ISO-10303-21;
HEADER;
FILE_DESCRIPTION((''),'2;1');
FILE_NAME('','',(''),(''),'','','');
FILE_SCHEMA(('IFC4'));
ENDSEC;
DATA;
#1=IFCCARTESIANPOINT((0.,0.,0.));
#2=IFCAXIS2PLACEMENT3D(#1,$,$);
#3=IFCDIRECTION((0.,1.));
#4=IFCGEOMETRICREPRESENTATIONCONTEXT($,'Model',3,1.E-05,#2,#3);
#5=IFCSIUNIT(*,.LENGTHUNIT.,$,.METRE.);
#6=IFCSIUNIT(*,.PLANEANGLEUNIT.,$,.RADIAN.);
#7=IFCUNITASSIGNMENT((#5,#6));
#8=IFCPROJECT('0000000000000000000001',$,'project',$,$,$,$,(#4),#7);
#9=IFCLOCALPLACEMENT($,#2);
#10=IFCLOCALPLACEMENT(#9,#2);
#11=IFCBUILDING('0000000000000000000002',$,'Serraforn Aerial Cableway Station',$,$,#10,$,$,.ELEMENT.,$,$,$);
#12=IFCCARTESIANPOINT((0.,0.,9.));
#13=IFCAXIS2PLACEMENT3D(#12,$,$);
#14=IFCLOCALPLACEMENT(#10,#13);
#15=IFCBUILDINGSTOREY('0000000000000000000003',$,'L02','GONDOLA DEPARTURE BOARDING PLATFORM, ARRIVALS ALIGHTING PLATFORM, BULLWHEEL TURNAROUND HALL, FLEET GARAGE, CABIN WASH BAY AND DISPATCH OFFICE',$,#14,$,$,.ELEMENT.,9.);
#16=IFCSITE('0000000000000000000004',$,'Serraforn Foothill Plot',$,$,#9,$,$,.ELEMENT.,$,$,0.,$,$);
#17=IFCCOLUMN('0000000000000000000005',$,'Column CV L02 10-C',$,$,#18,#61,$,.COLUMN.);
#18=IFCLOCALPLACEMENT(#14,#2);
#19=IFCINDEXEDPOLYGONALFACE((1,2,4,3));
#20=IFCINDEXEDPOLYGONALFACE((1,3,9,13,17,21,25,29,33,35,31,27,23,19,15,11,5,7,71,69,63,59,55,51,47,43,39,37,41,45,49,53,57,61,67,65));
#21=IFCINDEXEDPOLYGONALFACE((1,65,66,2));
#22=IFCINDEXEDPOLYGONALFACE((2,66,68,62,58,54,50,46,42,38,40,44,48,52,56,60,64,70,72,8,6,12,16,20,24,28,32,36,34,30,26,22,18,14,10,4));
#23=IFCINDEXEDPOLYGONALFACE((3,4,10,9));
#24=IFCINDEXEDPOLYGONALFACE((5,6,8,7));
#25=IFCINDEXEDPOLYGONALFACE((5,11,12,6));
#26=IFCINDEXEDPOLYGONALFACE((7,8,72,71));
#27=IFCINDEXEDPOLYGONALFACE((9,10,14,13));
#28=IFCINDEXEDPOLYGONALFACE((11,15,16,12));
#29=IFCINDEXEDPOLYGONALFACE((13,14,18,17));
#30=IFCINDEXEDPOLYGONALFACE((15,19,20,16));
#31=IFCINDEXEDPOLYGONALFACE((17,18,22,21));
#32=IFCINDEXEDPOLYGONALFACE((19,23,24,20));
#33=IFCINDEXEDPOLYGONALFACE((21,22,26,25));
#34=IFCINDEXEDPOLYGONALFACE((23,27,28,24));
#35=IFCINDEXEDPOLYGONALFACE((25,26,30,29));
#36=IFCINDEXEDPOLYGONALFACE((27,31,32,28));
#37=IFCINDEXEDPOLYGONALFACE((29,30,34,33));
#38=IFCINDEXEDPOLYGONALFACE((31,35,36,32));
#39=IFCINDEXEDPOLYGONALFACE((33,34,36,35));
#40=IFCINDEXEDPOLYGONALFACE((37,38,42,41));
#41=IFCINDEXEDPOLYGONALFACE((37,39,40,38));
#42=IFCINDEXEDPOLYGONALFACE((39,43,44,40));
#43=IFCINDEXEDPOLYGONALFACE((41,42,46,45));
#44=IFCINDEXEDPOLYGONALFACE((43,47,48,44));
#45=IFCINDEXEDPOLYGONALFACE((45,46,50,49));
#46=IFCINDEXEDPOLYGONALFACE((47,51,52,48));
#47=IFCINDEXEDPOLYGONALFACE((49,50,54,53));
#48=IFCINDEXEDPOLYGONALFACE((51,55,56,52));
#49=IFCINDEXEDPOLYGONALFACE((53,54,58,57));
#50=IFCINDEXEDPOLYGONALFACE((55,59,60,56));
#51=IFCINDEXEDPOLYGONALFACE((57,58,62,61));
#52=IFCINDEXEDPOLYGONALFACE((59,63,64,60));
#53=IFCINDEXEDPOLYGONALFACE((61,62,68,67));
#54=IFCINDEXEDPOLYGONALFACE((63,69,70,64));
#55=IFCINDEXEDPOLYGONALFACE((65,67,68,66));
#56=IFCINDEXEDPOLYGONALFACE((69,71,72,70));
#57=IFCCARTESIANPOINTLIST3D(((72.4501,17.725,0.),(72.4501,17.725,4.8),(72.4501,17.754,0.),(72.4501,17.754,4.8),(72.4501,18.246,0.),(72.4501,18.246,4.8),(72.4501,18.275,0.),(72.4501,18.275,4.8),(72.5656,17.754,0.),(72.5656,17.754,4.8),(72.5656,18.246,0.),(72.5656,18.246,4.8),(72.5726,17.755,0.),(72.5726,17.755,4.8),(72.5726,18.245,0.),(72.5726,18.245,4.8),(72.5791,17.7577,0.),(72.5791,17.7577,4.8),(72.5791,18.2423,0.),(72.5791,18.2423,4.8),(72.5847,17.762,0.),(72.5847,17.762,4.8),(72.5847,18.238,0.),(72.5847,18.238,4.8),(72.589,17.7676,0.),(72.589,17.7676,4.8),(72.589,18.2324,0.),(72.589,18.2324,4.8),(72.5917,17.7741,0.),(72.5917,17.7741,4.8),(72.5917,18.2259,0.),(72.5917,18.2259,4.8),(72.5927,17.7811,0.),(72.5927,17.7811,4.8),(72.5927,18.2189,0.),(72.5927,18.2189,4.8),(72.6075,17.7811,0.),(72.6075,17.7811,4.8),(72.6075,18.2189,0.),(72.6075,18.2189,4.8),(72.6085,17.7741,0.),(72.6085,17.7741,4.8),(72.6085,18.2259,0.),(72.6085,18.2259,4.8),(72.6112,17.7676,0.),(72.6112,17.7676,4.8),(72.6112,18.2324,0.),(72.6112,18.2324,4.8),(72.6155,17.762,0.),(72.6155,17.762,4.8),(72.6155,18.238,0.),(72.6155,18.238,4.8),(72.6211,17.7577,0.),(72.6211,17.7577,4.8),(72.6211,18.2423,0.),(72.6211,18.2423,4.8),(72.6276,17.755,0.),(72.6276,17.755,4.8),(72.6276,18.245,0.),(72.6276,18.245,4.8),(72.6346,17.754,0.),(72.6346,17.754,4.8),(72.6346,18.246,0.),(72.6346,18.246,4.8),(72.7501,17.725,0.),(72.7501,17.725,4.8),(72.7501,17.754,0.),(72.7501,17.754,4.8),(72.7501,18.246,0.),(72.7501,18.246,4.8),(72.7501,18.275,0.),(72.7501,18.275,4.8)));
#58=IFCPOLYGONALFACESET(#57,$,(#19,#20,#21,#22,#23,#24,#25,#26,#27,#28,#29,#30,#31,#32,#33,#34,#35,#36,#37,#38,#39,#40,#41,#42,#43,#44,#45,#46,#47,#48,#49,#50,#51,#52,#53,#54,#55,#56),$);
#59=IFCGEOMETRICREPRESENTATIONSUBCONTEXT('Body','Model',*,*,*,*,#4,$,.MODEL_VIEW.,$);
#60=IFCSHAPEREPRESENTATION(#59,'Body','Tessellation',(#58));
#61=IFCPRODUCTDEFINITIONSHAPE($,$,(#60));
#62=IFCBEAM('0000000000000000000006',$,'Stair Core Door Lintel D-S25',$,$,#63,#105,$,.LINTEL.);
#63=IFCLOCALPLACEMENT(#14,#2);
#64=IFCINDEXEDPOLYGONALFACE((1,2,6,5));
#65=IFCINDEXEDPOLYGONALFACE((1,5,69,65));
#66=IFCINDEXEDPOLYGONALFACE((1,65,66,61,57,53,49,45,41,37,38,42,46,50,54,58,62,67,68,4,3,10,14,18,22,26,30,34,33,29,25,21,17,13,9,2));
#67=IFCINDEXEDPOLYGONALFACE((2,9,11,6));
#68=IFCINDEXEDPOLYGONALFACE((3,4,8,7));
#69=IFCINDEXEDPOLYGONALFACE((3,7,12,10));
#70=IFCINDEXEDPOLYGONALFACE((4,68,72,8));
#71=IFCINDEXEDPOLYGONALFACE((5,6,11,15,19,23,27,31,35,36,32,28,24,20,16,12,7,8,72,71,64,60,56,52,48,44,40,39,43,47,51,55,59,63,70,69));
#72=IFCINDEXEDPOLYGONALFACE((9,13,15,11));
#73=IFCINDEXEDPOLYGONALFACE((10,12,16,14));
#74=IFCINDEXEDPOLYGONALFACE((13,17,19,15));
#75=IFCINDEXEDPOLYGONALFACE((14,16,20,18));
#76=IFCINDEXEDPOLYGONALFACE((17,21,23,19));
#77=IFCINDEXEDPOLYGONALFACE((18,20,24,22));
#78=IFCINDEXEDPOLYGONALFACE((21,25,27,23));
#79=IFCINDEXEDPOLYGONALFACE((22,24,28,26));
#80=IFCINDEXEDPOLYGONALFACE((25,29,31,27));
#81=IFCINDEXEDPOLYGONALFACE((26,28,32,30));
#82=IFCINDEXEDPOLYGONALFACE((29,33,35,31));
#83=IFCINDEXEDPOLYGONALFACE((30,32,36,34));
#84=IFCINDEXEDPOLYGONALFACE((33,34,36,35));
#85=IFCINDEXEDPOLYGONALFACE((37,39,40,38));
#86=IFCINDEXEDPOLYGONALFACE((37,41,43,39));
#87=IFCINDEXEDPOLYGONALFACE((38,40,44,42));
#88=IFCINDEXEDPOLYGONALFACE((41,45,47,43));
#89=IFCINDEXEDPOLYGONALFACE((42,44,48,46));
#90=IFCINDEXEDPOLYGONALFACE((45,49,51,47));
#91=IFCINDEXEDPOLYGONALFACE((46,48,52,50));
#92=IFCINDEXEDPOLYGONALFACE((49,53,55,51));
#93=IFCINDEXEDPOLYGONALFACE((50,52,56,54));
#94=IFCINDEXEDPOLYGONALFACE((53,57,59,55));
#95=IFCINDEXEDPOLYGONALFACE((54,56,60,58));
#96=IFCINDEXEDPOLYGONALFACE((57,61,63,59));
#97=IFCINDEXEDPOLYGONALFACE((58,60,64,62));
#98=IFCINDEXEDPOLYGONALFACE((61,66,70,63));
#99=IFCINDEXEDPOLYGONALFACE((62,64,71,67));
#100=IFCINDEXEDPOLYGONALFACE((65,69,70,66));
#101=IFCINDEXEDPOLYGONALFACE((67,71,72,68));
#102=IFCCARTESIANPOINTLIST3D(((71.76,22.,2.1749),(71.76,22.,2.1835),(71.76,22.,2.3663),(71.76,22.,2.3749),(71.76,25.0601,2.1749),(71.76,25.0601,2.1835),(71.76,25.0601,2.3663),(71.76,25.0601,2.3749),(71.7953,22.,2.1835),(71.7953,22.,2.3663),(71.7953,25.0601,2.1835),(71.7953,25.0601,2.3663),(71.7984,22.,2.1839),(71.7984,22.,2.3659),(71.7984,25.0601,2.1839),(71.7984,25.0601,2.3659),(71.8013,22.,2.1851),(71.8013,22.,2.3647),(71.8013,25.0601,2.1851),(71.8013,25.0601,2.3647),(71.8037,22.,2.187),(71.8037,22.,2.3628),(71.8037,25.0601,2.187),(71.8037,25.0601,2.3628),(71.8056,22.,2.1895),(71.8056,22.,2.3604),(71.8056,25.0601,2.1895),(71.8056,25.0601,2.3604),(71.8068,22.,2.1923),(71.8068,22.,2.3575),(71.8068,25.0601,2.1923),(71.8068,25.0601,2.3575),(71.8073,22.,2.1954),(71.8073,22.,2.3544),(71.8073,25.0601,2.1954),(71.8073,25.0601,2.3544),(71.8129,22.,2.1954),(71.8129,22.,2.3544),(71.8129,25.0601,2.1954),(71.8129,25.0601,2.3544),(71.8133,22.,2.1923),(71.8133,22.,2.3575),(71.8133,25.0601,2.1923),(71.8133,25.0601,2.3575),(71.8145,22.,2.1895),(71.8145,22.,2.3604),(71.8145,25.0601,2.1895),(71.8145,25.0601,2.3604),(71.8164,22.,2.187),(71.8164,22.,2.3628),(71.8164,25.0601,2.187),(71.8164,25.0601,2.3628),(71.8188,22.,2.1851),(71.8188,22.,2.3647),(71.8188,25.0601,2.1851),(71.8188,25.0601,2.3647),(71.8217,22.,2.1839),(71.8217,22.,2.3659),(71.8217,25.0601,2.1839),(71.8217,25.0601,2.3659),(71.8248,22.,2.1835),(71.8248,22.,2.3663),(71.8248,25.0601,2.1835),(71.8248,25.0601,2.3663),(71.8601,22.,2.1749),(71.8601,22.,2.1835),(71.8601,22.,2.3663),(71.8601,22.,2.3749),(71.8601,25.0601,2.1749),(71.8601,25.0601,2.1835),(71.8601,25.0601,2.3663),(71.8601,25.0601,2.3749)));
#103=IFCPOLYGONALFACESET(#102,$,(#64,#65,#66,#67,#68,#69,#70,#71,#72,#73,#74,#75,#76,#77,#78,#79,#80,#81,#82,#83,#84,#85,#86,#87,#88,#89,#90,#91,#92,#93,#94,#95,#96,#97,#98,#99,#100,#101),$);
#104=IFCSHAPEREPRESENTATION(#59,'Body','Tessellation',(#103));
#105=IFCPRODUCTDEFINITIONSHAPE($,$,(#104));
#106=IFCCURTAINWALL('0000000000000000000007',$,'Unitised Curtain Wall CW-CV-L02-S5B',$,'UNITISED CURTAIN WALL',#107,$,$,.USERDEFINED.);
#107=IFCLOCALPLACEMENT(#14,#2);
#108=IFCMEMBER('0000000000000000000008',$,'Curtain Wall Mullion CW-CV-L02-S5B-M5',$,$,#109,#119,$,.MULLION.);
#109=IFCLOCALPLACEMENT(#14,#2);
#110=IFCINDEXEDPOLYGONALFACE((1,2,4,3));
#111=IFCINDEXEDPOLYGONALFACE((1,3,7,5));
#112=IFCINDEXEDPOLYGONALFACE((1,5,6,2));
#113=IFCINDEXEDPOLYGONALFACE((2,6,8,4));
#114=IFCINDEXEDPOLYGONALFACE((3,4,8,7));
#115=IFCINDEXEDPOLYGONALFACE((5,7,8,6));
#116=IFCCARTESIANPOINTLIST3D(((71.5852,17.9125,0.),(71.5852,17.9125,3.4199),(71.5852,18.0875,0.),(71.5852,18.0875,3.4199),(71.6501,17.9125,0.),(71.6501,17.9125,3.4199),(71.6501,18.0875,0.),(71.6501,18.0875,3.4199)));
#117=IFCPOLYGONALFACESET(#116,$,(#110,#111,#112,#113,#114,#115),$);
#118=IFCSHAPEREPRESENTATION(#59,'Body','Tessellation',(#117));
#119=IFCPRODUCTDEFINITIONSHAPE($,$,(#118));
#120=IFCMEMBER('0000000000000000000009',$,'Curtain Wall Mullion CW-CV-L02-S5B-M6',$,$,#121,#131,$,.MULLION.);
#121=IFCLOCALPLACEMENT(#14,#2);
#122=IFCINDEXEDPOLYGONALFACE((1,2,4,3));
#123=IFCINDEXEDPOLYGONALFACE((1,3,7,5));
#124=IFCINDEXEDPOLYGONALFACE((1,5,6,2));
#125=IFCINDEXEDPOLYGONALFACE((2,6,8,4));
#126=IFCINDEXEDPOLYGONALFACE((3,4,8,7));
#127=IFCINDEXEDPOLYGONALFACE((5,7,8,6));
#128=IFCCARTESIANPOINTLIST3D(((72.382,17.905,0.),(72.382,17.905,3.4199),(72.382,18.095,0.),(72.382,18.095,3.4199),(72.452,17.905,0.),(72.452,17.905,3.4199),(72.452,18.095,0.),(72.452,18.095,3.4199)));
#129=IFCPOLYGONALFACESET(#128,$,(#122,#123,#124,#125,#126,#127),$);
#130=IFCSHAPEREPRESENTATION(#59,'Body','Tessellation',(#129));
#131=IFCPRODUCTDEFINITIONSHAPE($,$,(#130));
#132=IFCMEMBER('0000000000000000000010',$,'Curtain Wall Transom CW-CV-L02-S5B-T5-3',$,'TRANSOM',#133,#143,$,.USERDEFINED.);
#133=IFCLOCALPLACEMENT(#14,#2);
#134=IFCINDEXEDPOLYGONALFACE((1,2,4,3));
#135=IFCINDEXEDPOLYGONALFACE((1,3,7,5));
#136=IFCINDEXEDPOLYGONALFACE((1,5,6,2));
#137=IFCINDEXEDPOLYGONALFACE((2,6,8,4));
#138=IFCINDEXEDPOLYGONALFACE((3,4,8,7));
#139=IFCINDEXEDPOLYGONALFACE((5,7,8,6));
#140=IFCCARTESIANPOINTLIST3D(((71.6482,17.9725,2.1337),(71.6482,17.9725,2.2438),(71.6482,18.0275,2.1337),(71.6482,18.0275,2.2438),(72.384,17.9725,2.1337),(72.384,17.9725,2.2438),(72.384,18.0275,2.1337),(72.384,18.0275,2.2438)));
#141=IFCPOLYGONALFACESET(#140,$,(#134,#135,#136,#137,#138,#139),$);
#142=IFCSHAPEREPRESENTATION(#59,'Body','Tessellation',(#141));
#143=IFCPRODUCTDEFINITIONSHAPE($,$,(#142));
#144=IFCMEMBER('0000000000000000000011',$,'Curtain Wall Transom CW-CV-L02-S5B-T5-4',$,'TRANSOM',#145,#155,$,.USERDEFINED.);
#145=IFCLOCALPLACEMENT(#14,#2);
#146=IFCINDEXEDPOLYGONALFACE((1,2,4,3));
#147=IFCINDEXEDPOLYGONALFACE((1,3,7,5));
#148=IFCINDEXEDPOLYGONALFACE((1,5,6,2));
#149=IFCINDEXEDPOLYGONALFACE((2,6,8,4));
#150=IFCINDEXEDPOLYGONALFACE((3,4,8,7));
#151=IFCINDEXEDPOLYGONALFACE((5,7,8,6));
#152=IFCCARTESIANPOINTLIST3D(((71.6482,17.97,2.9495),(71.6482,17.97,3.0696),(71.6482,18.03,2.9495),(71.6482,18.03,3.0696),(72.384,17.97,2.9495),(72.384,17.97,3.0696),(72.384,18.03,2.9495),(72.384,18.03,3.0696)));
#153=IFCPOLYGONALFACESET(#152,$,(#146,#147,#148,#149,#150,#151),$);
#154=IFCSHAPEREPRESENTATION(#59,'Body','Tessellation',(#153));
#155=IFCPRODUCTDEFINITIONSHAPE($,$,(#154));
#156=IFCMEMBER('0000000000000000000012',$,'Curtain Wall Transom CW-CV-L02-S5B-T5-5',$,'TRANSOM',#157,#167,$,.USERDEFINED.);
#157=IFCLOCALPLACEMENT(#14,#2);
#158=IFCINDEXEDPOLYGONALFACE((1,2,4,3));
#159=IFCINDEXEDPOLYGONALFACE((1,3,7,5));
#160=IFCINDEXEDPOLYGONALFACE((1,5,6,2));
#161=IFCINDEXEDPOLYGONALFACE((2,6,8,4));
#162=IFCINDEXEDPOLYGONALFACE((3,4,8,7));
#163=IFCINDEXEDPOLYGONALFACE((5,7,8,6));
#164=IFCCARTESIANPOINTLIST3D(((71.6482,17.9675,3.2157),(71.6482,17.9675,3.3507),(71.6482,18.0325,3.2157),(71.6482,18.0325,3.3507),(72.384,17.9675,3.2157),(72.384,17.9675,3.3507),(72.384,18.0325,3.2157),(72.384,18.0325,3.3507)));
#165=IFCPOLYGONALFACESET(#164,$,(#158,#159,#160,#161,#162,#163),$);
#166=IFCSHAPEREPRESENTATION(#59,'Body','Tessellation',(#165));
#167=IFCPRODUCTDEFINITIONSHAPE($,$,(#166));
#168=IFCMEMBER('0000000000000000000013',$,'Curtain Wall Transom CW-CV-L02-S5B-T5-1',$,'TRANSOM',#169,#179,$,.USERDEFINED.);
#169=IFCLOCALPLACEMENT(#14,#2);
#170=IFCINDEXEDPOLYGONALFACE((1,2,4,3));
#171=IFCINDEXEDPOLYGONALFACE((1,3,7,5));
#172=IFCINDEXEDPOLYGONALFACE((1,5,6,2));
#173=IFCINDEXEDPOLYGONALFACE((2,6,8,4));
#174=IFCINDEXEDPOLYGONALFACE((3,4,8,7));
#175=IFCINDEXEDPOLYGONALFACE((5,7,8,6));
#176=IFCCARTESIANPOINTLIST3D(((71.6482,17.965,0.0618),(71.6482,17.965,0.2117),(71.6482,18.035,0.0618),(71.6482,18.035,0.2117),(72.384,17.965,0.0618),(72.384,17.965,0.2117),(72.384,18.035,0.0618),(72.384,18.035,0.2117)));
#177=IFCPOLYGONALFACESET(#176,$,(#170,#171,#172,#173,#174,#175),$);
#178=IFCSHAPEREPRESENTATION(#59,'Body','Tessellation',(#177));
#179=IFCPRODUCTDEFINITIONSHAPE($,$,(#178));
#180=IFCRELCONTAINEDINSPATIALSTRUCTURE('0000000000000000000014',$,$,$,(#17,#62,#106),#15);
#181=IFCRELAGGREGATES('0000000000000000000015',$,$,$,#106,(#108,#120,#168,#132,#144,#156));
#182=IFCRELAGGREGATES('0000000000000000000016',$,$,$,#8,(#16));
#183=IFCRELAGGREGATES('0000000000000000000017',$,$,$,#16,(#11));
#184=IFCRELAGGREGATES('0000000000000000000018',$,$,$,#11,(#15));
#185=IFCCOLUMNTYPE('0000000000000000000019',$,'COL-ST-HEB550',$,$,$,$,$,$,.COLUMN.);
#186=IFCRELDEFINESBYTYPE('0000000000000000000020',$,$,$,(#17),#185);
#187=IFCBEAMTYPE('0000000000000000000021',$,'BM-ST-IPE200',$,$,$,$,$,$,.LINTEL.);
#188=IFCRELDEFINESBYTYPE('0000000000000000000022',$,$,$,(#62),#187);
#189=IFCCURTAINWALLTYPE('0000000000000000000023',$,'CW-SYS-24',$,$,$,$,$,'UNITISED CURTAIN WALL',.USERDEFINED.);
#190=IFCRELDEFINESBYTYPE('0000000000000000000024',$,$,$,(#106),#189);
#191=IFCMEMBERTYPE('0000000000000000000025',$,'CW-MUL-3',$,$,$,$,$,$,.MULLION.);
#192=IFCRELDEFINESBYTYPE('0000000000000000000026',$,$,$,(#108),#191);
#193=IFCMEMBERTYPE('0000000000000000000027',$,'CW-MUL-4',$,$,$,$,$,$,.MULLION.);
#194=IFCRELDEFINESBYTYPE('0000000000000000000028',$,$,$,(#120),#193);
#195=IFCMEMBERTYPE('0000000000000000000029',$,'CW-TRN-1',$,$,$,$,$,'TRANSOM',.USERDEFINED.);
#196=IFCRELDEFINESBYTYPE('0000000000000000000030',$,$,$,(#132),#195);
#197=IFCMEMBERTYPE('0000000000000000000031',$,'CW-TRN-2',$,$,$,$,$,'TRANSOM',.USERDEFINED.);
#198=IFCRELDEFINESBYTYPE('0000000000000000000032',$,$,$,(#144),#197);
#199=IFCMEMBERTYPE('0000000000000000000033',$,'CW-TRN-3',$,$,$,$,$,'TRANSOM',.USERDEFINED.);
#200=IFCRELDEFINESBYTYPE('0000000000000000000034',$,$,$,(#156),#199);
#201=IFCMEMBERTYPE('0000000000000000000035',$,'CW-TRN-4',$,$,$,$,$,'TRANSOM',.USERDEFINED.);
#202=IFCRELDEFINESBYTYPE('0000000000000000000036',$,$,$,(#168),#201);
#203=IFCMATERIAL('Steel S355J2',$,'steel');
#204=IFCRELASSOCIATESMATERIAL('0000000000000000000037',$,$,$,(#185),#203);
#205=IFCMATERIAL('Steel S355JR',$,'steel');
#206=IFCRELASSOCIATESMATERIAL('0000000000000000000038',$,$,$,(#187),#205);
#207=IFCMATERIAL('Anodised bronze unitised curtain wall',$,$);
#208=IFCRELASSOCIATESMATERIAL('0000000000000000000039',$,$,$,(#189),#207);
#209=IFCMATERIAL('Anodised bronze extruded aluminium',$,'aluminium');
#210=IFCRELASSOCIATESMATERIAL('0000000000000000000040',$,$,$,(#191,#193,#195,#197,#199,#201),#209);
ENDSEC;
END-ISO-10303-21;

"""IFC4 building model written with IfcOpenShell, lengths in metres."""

from ifc_helpers import new_model, si_unit, direction, frame, origin, origin_2d, place, context, subcontext, project, spatial, rectangle, i_section, extrude, material, material_profile, profile_set, type_object, element, aggregate, save


model = new_model("IFC4")

# Units and contexts
model_context = context("Model", 3, precision=1e-05, world=origin(), true_north=direction((0.0, 1.0)))
body_context = subcontext(model_context, "Body", "Model", "MODEL_VIEW")
ifc_project = project(units=[si_unit("LENGTHUNIT", "METRE"), si_unit("PLANEANGLEUNIT", "RADIAN")], contexts=[model_context])

# Site, building, storey
site_placement = place(None, origin())
site = spatial("IfcSite", under=ifc_project, at=site_placement, Name="Serraforn Foothill Plot", CompositionType="ELEMENT", RefElevation=0.0)
building_placement = place(site_placement, origin())
building = spatial("IfcBuilding", under=site, at=building_placement, Name="Serraforn Aerial Cableway Station", CompositionType="ELEMENT")
storey_placement = place(building_placement, frame((0.0, 0.0, 9.0)))
storey = spatial("IfcBuildingStorey", under=building, at=storey_placement, Name="L02", Description="GONDOLA DEPARTURE BOARDING PLATFORM, ARRIVALS ALIGHTING PLATFORM, BULLWHEEL TURNAROUND HALL, FLEET GARAGE, CABIN WASH BAY AND DISPATCH OFFICE", CompositionType="ELEMENT", Elevation=9.0)

# Column
ifc_material_1 = material(Name="Steel S355J2", Category="steel")
ifc_material_profile_1 = material_profile(ifc_material_1, i_section(OverallWidth=0.3, OverallDepth=0.55, WebThickness=0.0149, FlangeThickness=0.0291, FilletRadius=0.0271, at=origin_2d()), Name="HEB 550")
ifc_profile_set_1 = profile_set([ifc_material_profile_1], Name="Steel S355J2")
column_type = type_object("IfcColumnType", Name="COL-ST-HEB550", PredefinedType="COLUMN", material=ifc_profile_set_1)
column_placement = place(storey_placement, frame((72.6001, 18.0, 0.0), z_axis=(0.0, 0.0, 1.0), x_axis=(1.0, 0.0, 0.0)))
element("IfcColumn", 1, at=column_placement, inside=storey, type_object=column_type, Name="Column CV L02 10-C", PredefinedType="COLUMN", context=body_context, shape_type="SweptSolid", body=[
    extrude(i_section(OverallWidth=0.3, OverallDepth=0.55, WebThickness=0.0149, FlangeThickness=0.0291, FilletRadius=0.0271, at=origin_2d()), origin(), (0.0, 0.0, 1.0), 4.8),
])

# Beam
ifc_material_2 = material(Name="Steel S355JR", Category="steel")
ifc_material_profile_2 = material_profile(ifc_material_2, i_section(OverallWidth=0.1001, OverallDepth=0.2, WebThickness=0.0056, FlangeThickness=0.0085, FilletRadius=0.012, at=origin_2d()), Name="IPE 200")
ifc_profile_set_2 = profile_set([ifc_material_profile_2], Name="Steel S355JR")
beam_type = type_object("IfcBeamType", Name="BM-ST-IPE200", PredefinedType="LINTEL", material=ifc_profile_set_2)
beam_placement = place(storey_placement, frame((71.8101, 25.0601, 2.2749), z_axis=(0.0, -1.0, 0.0), x_axis=(1.0, 0.0, 0.0)))
element("IfcBeam", 2, at=beam_placement, inside=storey, type_object=beam_type, Name="Stair Core Door Lintel D-S25", PredefinedType="LINTEL", context=body_context, shape_type="SweptSolid", body=[
    extrude(i_section(OverallWidth=0.1001, OverallDepth=0.2, WebThickness=0.0056, FlangeThickness=0.0085, FilletRadius=0.012, at=origin_2d()), origin(), (0.0, 0.0, 1.0), 3.0601),
])

# Curtain wall, members
ifc_material_3 = material(Name="Anodised bronze unitised curtain wall")
curtain_wall_type = type_object("IfcCurtainWallType", Name="CW-SYS-24", ElementType="UNITISED CURTAIN WALL", PredefinedType="USERDEFINED", material=ifc_material_3)
curtain_wall_placement = place(storey_placement, origin())
curtain_wall = element("IfcCurtainWall", 3, at=curtain_wall_placement, inside=storey, type_object=curtain_wall_type, Name="Unitised Curtain Wall CW-CV-L02-S5B", ObjectType="UNITISED CURTAIN WALL", PredefinedType="USERDEFINED")
ifc_material_4 = material(Name="Anodised bronze extruded aluminium", Category="aluminium")
ifc_material_profile_3 = material_profile(ifc_material_4, rectangle(XDim=0.0649, YDim=0.175, at=origin_2d()), Name="CW MULLION 65x175")
ifc_profile_set_3 = profile_set([ifc_material_profile_3], Name="Anodised bronze extruded aluminium")
member_type_1 = type_object("IfcMemberType", Name="CW-MUL-3", PredefinedType="MULLION", material=ifc_profile_set_3)
member_1_placement = place(storey_placement, frame((71.6177, 18.0, 0.0), z_axis=(0.0, 0.0, 1.0), x_axis=(1.0, 0.0, 0.0)))
member_1 = element("IfcMember", 4, at=member_1_placement, type_object=member_type_1, Name="Curtain Wall Mullion CW-CV-L02-S5B-M5", PredefinedType="MULLION", context=body_context, shape_type="SweptSolid", body=[
    extrude(rectangle(XDim=0.0649, YDim=0.175, at=origin_2d()), origin(), (0.0, 0.0, 1.0), 3.4199),
])
ifc_material_profile_4 = material_profile(ifc_material_4, rectangle(XDim=0.0701, YDim=0.1899, at=origin_2d()), Name="CW MULLION 70x190")
ifc_profile_set_4 = profile_set([ifc_material_profile_4], Name="Anodised bronze extruded aluminium")
member_type_2 = type_object("IfcMemberType", Name="CW-MUL-4", PredefinedType="MULLION", material=ifc_profile_set_4)
member_2_placement = place(storey_placement, frame((72.417, 18.0, 0.0), z_axis=(0.0, 0.0, 1.0), x_axis=(1.0, 0.0, 0.0)))
member_2 = element("IfcMember", 5, at=member_2_placement, type_object=member_type_2, Name="Curtain Wall Mullion CW-CV-L02-S5B-M6", PredefinedType="MULLION", context=body_context, shape_type="SweptSolid", body=[
    extrude(rectangle(XDim=0.0701, YDim=0.1899, at=origin_2d()), origin(), (0.0, 0.0, 1.0), 3.4199),
])
ifc_material_profile_5 = material_profile(ifc_material_4, rectangle(XDim=0.0549, YDim=0.1101, at=origin_2d()), Name="CW TRANSOM 55x110")
ifc_profile_set_5 = profile_set([ifc_material_profile_5], Name="Anodised bronze extruded aluminium")
member_type_3 = type_object("IfcMemberType", Name="CW-TRN-1", ElementType="TRANSOM", PredefinedType="USERDEFINED", material=ifc_profile_set_5)
member_3_placement = place(storey_placement, frame((71.6482, 18.0, 2.1887), z_axis=(1.0, 0.0, 0.0), x_axis=(0.0, 1.0, 0.0)))
member_3 = element("IfcMember", 6, at=member_3_placement, type_object=member_type_3, Name="Curtain Wall Transom CW-CV-L02-S5B-T5-3", ObjectType="TRANSOM", PredefinedType="USERDEFINED", context=body_context, shape_type="SweptSolid", body=[
    extrude(rectangle(XDim=0.0549, YDim=0.1101, at=origin_2d()), origin(), (0.0, 0.0, 1.0), 0.7358),
])
ifc_material_profile_6 = material_profile(ifc_material_4, rectangle(XDim=0.0601, YDim=0.1201, at=origin_2d()), Name="CW TRANSOM 60x120")
ifc_profile_set_6 = profile_set([ifc_material_profile_6], Name="Anodised bronze extruded aluminium")
member_type_4 = type_object("IfcMemberType", Name="CW-TRN-2", ElementType="TRANSOM", PredefinedType="USERDEFINED", material=ifc_profile_set_6)
member_4_placement = place(storey_placement, frame((71.6482, 18.0, 3.0095), z_axis=(1.0, 0.0, 0.0), x_axis=(0.0, 1.0, 0.0)))
member_4 = element("IfcMember", 7, at=member_4_placement, type_object=member_type_4, Name="Curtain Wall Transom CW-CV-L02-S5B-T5-4", ObjectType="TRANSOM", PredefinedType="USERDEFINED", context=body_context, shape_type="SweptSolid", body=[
    extrude(rectangle(XDim=0.0601, YDim=0.1201, at=origin_2d()), origin(), (0.0, 0.0, 1.0), 0.7358),
])
ifc_material_profile_7 = material_profile(ifc_material_4, rectangle(XDim=0.0649, YDim=0.135, at=origin_2d()), Name="CW TRANSOM 65x135")
ifc_profile_set_7 = profile_set([ifc_material_profile_7], Name="Anodised bronze extruded aluminium")
member_type_5 = type_object("IfcMemberType", Name="CW-TRN-3", ElementType="TRANSOM", PredefinedType="USERDEFINED", material=ifc_profile_set_7)
member_5_placement = place(storey_placement, frame((71.6482, 18.0, 3.2832), z_axis=(1.0, 0.0, 0.0), x_axis=(0.0, 1.0, 0.0)))
member_5 = element("IfcMember", 8, at=member_5_placement, type_object=member_type_5, Name="Curtain Wall Transom CW-CV-L02-S5B-T5-5", ObjectType="TRANSOM", PredefinedType="USERDEFINED", context=body_context, shape_type="SweptSolid", body=[
    extrude(rectangle(XDim=0.0649, YDim=0.135, at=origin_2d()), origin(), (0.0, 0.0, 1.0), 0.7358),
])
ifc_material_profile_8 = material_profile(ifc_material_4, rectangle(XDim=0.0701, YDim=0.1499, at=origin_2d()), Name="CW TRANSOM 70x150")
ifc_profile_set_8 = profile_set([ifc_material_profile_8], Name="Anodised bronze extruded aluminium")
member_type_6 = type_object("IfcMemberType", Name="CW-TRN-4", ElementType="TRANSOM", PredefinedType="USERDEFINED", material=ifc_profile_set_8)
member_6_placement = place(storey_placement, frame((71.6482, 18.0, 0.1367), z_axis=(1.0, 0.0, 0.0), x_axis=(0.0, 1.0, 0.0)))
member_6 = element("IfcMember", 9, at=member_6_placement, type_object=member_type_6, Name="Curtain Wall Transom CW-CV-L02-S5B-T5-1", ObjectType="TRANSOM", PredefinedType="USERDEFINED", context=body_context, shape_type="SweptSolid", body=[
    extrude(rectangle(XDim=0.0701, YDim=0.1499, at=origin_2d()), origin(), (0.0, 0.0, 1.0), 0.7358),
])
aggregate(curtain_wall, [member_1, member_2, member_6, member_3, member_4, member_5])

save(model, "model.ifc")
